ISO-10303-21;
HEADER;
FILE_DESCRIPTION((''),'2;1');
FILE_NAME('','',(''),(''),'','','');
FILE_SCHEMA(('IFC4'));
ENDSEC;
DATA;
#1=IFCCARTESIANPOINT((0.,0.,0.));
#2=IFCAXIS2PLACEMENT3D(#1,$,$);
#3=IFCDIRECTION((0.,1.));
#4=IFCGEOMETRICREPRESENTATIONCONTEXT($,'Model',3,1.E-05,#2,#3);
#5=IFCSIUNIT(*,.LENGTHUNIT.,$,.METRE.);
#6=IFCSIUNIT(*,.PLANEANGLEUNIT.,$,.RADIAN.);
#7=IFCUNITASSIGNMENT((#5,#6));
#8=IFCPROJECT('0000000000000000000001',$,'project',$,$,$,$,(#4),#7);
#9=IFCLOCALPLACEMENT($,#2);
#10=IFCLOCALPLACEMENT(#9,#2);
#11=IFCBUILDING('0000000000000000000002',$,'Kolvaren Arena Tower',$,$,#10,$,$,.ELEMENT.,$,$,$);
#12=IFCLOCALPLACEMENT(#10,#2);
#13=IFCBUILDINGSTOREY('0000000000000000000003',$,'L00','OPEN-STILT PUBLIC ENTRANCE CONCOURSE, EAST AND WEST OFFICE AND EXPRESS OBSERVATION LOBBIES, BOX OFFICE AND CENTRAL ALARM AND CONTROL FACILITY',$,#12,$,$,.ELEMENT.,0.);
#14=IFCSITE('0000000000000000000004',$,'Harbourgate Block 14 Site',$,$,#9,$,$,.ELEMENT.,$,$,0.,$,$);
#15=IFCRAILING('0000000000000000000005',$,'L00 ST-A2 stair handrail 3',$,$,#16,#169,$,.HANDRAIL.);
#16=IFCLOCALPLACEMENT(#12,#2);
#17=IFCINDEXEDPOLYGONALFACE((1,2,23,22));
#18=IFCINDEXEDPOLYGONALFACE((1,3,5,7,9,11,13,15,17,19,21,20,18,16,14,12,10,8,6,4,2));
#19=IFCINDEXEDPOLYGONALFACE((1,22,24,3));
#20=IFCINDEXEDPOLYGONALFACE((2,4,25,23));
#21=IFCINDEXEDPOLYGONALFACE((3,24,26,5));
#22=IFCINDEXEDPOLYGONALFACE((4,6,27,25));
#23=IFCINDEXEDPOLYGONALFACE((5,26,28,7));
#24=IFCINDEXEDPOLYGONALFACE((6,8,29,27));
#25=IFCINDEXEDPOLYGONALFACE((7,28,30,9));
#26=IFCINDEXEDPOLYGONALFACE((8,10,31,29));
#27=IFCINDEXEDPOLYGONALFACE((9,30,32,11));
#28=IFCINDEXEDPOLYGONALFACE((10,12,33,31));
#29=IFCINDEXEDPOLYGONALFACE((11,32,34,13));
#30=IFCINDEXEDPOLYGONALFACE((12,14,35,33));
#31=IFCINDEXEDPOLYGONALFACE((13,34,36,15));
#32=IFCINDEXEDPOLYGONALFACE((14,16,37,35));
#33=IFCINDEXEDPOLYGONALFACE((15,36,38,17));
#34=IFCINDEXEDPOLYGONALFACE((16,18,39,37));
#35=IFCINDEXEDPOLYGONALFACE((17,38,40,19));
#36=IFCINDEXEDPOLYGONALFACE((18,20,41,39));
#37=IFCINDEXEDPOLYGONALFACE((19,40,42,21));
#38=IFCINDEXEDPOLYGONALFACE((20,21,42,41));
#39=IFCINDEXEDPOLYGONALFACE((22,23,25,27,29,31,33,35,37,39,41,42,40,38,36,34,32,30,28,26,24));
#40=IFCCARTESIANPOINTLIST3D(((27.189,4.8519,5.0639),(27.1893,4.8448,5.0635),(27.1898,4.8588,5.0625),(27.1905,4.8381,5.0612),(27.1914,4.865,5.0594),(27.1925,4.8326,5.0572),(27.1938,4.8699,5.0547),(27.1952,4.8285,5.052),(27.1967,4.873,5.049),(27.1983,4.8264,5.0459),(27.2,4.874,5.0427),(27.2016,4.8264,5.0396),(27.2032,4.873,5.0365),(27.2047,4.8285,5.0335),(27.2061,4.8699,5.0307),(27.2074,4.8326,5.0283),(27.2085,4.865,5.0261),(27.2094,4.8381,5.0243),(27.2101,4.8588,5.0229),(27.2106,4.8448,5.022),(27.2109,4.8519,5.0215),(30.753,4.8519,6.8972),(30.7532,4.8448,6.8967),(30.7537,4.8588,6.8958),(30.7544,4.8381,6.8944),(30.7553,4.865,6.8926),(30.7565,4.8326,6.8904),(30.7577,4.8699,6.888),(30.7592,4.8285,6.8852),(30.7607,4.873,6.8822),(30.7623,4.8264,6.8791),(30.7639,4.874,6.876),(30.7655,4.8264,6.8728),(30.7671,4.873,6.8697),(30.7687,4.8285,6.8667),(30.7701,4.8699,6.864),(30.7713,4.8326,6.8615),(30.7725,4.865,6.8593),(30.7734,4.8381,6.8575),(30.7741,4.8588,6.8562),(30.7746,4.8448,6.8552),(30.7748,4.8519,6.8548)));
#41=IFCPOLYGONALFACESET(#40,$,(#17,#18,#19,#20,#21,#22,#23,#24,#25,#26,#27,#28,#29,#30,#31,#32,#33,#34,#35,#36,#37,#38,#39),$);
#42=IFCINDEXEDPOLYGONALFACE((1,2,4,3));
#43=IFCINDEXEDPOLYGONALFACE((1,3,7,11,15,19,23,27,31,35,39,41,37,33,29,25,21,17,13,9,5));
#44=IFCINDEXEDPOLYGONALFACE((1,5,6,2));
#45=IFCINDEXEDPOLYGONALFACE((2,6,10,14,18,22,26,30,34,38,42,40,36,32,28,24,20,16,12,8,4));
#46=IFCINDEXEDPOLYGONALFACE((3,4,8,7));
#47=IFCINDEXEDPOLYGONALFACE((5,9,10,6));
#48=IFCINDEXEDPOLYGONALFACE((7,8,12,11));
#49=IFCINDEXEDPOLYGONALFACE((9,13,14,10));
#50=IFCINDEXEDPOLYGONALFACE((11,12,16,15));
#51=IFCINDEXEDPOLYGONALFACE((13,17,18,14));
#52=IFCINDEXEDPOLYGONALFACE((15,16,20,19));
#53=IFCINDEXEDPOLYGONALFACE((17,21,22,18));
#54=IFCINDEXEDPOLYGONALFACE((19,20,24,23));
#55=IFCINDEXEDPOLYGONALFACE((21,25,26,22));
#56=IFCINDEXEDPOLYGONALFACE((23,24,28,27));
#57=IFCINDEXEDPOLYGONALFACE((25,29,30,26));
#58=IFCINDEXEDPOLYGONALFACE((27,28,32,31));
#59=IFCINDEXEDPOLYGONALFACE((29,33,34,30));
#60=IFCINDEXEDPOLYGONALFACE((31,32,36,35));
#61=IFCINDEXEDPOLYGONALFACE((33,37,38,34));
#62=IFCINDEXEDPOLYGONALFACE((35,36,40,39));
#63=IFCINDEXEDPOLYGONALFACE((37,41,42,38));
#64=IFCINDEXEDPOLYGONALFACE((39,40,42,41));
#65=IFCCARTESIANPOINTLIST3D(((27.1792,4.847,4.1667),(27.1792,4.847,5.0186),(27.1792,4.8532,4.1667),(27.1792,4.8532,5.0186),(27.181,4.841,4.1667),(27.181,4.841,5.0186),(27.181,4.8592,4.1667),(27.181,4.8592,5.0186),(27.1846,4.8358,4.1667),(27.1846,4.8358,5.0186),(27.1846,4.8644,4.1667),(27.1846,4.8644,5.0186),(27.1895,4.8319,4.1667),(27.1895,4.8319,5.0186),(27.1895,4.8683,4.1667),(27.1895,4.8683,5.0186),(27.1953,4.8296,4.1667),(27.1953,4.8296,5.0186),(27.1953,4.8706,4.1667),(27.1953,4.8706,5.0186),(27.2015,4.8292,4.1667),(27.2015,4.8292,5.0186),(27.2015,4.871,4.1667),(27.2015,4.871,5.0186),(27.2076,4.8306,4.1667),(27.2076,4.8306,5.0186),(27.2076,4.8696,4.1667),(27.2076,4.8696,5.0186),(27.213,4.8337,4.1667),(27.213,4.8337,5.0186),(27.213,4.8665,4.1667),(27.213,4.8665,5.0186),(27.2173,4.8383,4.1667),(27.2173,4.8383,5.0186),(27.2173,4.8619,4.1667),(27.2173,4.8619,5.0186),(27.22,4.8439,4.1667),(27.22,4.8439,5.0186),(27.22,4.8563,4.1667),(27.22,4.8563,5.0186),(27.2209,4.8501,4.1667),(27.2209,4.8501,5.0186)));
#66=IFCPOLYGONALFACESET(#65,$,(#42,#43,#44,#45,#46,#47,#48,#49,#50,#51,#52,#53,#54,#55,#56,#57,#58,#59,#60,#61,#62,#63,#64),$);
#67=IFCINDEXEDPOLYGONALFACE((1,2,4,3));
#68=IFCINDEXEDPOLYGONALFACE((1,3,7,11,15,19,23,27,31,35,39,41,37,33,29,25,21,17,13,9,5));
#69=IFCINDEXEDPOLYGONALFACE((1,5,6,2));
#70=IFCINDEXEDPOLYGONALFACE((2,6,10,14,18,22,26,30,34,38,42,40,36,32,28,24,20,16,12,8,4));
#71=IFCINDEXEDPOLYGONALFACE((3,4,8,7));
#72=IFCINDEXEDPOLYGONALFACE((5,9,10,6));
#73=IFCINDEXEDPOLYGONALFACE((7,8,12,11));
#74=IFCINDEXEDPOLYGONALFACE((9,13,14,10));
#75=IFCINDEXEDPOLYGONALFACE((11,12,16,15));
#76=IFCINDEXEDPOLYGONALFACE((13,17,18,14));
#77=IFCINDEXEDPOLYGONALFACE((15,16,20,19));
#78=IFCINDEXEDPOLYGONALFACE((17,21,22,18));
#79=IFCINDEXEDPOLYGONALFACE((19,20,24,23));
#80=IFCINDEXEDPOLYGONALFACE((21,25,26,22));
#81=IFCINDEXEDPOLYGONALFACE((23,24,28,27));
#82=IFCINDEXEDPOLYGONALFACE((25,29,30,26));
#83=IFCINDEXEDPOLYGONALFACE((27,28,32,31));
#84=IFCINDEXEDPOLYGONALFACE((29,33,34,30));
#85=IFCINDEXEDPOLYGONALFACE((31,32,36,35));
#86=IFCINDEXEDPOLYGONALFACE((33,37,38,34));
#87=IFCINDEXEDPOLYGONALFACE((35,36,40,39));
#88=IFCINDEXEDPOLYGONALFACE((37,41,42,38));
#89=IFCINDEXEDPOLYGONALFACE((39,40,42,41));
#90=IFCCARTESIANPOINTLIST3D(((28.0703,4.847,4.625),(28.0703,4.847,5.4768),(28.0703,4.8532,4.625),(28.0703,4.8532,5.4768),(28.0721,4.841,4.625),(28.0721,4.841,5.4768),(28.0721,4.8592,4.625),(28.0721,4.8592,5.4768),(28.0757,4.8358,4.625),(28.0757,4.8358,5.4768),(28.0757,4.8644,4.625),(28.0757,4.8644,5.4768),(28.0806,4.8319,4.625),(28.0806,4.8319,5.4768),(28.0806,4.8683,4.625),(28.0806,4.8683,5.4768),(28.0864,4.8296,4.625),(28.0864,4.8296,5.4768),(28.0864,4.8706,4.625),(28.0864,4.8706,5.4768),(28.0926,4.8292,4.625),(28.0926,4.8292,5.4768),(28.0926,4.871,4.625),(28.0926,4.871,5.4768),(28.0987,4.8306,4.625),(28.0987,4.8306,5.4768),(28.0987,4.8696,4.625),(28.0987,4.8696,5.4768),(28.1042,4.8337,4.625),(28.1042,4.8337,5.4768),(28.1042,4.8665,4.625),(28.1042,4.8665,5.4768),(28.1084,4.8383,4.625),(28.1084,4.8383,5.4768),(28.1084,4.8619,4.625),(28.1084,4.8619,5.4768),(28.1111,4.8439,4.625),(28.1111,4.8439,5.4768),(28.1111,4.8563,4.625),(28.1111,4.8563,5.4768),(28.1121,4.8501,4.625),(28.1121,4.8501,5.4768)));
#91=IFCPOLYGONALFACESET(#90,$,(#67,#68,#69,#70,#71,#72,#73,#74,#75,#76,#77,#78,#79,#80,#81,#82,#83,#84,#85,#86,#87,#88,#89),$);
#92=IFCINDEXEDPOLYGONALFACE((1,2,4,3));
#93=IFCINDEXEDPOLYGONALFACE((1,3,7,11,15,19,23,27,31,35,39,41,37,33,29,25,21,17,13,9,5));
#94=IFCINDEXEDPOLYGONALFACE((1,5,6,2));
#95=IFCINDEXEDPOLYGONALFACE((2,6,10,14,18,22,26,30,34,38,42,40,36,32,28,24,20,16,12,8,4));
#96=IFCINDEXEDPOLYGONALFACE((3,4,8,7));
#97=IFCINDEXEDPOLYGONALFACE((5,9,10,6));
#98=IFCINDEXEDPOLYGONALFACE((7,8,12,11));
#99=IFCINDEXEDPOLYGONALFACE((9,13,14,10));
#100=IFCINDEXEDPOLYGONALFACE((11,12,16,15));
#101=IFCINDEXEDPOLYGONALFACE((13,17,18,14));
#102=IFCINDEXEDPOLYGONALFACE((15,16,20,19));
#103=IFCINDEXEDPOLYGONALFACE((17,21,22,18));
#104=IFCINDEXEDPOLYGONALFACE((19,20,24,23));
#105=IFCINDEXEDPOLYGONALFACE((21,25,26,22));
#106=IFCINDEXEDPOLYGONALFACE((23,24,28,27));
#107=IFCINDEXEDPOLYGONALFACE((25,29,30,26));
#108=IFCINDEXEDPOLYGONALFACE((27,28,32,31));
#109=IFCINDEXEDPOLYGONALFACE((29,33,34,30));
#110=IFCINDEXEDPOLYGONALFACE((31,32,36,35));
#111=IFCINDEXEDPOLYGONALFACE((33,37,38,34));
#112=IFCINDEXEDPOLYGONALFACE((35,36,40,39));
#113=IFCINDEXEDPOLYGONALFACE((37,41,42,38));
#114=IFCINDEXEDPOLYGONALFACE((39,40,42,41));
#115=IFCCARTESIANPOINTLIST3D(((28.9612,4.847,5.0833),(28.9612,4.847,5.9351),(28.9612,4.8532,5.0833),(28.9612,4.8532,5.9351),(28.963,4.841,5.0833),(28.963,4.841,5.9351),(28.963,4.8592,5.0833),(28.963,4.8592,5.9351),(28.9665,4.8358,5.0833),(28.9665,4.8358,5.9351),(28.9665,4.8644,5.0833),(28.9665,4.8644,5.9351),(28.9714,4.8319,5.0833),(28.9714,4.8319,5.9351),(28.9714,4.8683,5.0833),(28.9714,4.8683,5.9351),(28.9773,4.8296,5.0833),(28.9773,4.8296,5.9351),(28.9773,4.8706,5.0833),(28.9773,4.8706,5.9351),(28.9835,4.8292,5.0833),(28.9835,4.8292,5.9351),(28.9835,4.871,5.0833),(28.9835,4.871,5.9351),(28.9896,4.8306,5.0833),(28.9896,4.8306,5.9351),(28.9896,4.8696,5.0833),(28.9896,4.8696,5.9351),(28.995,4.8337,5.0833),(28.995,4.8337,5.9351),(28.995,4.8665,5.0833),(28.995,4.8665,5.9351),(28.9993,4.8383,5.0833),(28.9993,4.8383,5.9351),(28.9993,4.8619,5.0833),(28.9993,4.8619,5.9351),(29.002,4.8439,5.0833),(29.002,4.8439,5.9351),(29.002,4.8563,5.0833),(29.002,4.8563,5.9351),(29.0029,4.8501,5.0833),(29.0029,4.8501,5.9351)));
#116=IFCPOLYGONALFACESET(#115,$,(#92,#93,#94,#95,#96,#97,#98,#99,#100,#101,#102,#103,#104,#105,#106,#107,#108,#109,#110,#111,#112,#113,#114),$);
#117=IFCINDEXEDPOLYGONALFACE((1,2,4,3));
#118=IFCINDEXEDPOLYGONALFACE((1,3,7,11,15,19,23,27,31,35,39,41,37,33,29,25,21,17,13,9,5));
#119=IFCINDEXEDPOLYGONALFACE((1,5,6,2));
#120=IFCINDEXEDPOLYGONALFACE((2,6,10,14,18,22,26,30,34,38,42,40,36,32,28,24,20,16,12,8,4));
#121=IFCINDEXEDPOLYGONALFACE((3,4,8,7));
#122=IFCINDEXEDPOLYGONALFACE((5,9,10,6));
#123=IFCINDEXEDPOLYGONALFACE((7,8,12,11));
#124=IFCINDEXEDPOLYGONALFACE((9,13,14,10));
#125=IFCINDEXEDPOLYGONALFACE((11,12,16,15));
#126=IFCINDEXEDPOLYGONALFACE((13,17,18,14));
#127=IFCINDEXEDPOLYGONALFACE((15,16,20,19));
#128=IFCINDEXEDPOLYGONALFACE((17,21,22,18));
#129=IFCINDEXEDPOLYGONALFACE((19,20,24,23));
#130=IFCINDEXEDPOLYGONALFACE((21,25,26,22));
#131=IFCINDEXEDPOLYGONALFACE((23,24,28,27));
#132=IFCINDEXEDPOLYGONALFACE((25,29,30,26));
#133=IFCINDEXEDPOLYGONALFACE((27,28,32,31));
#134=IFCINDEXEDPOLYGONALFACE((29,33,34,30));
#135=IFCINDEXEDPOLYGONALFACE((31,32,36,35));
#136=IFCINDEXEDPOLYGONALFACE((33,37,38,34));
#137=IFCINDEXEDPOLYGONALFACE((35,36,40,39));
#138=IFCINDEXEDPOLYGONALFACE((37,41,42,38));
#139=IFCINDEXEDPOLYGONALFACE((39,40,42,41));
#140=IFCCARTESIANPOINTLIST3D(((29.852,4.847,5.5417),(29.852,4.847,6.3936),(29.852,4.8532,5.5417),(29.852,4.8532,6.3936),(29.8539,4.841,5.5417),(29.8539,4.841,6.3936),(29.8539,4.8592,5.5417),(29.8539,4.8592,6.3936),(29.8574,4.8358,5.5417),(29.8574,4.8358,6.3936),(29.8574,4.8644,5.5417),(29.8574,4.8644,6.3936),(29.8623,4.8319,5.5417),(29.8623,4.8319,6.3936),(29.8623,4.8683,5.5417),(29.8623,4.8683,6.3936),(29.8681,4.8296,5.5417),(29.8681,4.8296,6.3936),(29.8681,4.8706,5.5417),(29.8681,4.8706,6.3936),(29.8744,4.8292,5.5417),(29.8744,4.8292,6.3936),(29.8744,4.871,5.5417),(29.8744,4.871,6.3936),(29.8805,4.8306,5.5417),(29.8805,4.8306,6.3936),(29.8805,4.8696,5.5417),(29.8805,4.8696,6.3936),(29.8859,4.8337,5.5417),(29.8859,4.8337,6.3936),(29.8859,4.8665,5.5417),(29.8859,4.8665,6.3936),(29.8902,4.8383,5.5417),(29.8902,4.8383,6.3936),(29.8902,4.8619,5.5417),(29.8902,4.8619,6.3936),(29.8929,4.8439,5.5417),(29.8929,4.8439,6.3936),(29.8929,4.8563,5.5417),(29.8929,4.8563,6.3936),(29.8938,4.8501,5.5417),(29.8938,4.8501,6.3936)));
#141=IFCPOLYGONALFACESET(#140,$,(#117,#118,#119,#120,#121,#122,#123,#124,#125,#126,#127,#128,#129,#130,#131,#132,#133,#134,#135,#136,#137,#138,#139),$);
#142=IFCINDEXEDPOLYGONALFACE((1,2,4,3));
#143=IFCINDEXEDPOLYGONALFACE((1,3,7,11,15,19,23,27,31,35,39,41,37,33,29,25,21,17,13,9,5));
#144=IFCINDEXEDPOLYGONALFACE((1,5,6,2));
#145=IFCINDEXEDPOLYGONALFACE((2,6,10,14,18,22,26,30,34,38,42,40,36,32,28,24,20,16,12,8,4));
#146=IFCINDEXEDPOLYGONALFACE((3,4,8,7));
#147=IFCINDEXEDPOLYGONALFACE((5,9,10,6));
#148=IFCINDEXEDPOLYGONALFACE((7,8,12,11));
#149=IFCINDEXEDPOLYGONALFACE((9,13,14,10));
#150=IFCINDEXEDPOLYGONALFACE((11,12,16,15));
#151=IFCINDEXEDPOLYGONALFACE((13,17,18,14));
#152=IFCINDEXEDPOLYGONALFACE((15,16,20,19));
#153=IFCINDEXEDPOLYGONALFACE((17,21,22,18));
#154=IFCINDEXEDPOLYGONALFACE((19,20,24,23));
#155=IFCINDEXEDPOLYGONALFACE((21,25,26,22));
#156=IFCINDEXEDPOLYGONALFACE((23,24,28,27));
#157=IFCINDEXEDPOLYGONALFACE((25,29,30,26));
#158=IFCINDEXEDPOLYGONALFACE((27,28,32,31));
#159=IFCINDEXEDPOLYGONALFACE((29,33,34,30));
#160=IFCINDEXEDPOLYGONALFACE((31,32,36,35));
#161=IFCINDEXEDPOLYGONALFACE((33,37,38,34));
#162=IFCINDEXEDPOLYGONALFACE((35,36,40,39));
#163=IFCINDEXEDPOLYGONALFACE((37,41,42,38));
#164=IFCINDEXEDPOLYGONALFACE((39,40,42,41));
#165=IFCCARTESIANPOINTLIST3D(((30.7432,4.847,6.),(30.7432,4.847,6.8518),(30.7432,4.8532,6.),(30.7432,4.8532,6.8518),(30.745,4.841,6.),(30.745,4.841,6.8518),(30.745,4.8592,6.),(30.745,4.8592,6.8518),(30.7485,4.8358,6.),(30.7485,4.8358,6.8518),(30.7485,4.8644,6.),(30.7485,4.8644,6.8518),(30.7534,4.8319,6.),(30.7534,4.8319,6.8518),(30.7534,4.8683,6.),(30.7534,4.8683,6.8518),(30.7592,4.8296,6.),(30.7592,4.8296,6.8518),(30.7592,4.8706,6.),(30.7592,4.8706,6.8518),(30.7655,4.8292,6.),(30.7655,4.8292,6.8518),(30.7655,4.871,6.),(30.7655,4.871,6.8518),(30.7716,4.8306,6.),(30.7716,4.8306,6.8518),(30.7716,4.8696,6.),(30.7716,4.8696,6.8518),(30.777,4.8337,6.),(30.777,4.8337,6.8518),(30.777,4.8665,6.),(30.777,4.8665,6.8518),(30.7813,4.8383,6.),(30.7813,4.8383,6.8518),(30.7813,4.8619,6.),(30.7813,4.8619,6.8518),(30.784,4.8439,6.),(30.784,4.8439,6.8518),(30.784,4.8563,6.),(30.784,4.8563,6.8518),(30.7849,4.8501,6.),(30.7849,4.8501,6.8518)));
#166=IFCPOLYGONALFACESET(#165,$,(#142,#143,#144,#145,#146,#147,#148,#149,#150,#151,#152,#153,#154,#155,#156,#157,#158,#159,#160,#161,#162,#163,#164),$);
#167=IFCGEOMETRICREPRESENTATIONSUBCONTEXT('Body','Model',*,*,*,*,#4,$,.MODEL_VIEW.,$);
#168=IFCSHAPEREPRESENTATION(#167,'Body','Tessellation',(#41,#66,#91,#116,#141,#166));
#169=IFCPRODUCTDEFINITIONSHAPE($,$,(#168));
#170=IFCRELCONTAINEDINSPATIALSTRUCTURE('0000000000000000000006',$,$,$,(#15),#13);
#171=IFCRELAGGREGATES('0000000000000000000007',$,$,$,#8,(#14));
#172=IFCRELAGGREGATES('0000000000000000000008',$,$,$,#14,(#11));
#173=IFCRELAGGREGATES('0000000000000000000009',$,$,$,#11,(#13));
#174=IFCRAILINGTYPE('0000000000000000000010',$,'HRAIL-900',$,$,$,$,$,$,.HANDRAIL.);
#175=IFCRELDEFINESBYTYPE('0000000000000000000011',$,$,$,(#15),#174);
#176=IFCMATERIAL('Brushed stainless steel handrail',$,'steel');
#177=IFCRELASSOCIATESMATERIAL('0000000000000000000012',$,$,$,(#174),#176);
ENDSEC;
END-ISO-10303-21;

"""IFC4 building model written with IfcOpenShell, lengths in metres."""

from ifc_helpers import new_model, si_unit, direction, frame, origin, origin_2d, place, context, subcontext, project, spatial, circle, extrude, material, type_object, element, save


model = new_model("IFC4")

# Units and contexts
model_context = context("Model", 3, precision=1e-05, world=origin(), true_north=direction((0.0, 1.0)))
body_context = subcontext(model_context, "Body", "Model", "MODEL_VIEW")
ifc_project = project(units=[si_unit("LENGTHUNIT", "METRE"), si_unit("PLANEANGLEUNIT", "RADIAN")], contexts=[model_context])

# Site, building, storey
site_placement = place(None, origin())
site = spatial("IfcSite", under=ifc_project, at=site_placement, Name="Harbourgate Block 14 Site", CompositionType="ELEMENT", RefElevation=0.0)
building_placement = place(site_placement, origin())
building = spatial("IfcBuilding", under=site, at=building_placement, Name="Kolvaren Arena Tower", CompositionType="ELEMENT")
storey_placement = place(building_placement, origin())
storey = spatial("IfcBuildingStorey", under=building, at=storey_placement, Name="L00", Description="OPEN-STILT PUBLIC ENTRANCE CONCOURSE, EAST AND WEST OFFICE AND EXPRESS OBSERVATION LOBBIES, BOX OFFICE AND CENTRAL ALARM AND CONTROL FACILITY", CompositionType="ELEMENT", Elevation=0.0)

# Railing
ifc_material_1 = material(Name="Brushed stainless steel handrail", Category="steel")
railing_type = type_object("IfcRailingType", Name="HRAIL-900", PredefinedType="HANDRAIL", material=ifc_material_1)
for number, where, name in (
    (1, (27.2, 4.8501, 4.1667), "L00 ST-A2 stair handrail 3"),
):
    element("IfcRailing", number, at=place(storey_placement, frame(where)), inside=storey, type_object=railing_type, Name=name, PredefinedType="HANDRAIL", context=body_context, shape_type="SweptSolid", body=[
        extrude(circle(Radius=0.0239, at=origin_2d()), frame((0.0, 0.0, 0.876), z_axis=(0.889252, 0.0, 0.457418), x_axis=(0.0, 1.0, 0.0)), (0.0, 0.0, 1.0), 4.0078),
        extrude(circle(Radius=0.021, at=origin_2d()), origin(), (0.0, 0.0, 1.0), 0.8518),
        extrude(circle(Radius=0.021, at=origin_2d()), frame((0.8911, 0.0, 0.4583)), (0.0, 0.0, 1.0), 0.8518),
        extrude(circle(Radius=0.021, at=origin_2d()), frame((1.782, 0.0, 0.9165)), (0.0, 0.0, 1.0), 0.8518),
        extrude(circle(Radius=0.021, at=origin_2d()), frame((2.6729, 0.0, 1.375)), (0.0, 0.0, 1.0), 0.8518),
        extrude(circle(Radius=0.021, at=origin_2d()), frame((3.564, 0.0, 1.8333)), (0.0, 0.0, 1.0), 0.8518),
    ])

save(model, "model.ifc")
